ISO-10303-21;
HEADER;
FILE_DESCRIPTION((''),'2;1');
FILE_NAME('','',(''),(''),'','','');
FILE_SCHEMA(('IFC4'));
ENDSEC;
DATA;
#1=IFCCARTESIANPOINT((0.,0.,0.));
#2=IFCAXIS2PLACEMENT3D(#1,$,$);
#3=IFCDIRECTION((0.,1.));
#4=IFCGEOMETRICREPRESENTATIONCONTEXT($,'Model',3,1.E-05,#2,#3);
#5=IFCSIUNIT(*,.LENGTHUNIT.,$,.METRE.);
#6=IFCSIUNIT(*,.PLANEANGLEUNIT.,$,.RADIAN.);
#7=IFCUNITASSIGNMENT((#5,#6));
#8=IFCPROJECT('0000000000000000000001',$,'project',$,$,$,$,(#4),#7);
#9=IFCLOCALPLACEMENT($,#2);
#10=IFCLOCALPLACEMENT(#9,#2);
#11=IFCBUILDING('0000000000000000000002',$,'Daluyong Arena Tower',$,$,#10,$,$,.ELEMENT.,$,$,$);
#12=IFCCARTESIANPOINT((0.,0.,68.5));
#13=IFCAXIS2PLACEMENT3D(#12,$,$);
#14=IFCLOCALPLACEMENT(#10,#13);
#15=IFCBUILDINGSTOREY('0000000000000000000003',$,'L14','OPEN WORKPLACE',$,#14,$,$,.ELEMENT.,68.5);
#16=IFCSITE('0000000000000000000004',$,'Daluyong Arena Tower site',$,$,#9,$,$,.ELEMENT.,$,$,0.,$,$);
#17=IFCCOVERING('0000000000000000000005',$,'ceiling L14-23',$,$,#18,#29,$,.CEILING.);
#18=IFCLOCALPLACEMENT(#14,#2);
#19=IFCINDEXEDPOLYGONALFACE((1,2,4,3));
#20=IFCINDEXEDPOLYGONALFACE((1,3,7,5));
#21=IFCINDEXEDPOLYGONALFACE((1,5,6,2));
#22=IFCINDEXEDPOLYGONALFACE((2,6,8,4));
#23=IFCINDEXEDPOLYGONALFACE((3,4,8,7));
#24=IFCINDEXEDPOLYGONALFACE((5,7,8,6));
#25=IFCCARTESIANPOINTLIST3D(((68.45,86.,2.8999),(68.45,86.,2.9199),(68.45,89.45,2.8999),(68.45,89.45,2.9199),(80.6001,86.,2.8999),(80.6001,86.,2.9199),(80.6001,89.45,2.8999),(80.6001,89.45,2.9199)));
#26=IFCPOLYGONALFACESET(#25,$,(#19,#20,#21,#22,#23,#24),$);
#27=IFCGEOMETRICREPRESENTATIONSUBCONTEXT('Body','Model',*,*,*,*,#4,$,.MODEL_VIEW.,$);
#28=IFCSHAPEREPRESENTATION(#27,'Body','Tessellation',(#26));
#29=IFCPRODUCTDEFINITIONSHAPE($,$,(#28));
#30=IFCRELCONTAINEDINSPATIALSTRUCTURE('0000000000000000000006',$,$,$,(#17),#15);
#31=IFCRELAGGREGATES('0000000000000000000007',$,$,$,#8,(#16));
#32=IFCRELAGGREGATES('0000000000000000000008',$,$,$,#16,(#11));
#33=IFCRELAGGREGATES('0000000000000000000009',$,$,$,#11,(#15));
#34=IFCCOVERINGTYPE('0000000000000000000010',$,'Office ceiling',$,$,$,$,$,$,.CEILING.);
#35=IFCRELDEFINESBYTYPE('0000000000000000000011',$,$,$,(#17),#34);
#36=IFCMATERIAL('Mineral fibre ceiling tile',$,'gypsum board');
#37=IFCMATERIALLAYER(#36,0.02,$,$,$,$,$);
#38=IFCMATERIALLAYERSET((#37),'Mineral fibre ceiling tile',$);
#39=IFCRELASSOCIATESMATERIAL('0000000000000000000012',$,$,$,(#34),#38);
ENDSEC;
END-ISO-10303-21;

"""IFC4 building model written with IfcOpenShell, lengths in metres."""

from ifc_helpers import new_model, si_unit, direction, frame, origin, place, context, subcontext, project, spatial, polyline, outline, extrude, material, layer, layer_set, type_object, element, save


model = new_model("IFC4")

# Units and contexts
model_context = context("Model", 3, precision=1e-05, world=origin(), true_north=direction((0.0, 1.0)))
body_context = subcontext(model_context, "Body", "Model", "MODEL_VIEW")
ifc_project = project(units=[si_unit("LENGTHUNIT", "METRE"), si_unit("PLANEANGLEUNIT", "RADIAN")], contexts=[model_context])

# Site, building, storey
site_placement = place(None, origin())
site = spatial("IfcSite", under=ifc_project, at=site_placement, Name="Daluyong Arena Tower site", CompositionType="ELEMENT", RefElevation=0.0)
building_placement = place(site_placement, origin())
building = spatial("IfcBuilding", under=site, at=building_placement, Name="Daluyong Arena Tower", CompositionType="ELEMENT")
storey_placement = place(building_placement, frame((0.0, 0.0, 68.5)))
storey = spatial("IfcBuildingStorey", under=building, at=storey_placement, Name="L14", Description="OPEN WORKPLACE", CompositionType="ELEMENT", Elevation=68.5)

# Covering
ifc_material_1 = material(Name="Mineral fibre ceiling tile", Category="gypsum board")
ifc_layer_1 = layer(ifc_material_1, 0.02)
ifc_layer_set_1 = layer_set([ifc_layer_1], Name="Mineral fibre ceiling tile")
covering_type = type_object("IfcCoveringType", Name="Office ceiling", PredefinedType="CEILING", material=ifc_layer_set_1)
covering_1_placement = place(storey_placement, frame((0.0, 0.0, 2.8999)))
element("IfcCovering", 1, at=covering_1_placement, inside=storey, type_object=covering_type, Name="ceiling L14-23", PredefinedType="CEILING", context=body_context, shape_type="SweptSolid", body=[
    extrude(outline(polyline([(80.6001, 86.0), (80.6001, 89.45), (68.45, 89.45), (68.45, 86.0), (80.6001, 86.0)])), origin(), (0.0, 0.0, 1.0), 0.02),
])

save(model, "model.ifc")
